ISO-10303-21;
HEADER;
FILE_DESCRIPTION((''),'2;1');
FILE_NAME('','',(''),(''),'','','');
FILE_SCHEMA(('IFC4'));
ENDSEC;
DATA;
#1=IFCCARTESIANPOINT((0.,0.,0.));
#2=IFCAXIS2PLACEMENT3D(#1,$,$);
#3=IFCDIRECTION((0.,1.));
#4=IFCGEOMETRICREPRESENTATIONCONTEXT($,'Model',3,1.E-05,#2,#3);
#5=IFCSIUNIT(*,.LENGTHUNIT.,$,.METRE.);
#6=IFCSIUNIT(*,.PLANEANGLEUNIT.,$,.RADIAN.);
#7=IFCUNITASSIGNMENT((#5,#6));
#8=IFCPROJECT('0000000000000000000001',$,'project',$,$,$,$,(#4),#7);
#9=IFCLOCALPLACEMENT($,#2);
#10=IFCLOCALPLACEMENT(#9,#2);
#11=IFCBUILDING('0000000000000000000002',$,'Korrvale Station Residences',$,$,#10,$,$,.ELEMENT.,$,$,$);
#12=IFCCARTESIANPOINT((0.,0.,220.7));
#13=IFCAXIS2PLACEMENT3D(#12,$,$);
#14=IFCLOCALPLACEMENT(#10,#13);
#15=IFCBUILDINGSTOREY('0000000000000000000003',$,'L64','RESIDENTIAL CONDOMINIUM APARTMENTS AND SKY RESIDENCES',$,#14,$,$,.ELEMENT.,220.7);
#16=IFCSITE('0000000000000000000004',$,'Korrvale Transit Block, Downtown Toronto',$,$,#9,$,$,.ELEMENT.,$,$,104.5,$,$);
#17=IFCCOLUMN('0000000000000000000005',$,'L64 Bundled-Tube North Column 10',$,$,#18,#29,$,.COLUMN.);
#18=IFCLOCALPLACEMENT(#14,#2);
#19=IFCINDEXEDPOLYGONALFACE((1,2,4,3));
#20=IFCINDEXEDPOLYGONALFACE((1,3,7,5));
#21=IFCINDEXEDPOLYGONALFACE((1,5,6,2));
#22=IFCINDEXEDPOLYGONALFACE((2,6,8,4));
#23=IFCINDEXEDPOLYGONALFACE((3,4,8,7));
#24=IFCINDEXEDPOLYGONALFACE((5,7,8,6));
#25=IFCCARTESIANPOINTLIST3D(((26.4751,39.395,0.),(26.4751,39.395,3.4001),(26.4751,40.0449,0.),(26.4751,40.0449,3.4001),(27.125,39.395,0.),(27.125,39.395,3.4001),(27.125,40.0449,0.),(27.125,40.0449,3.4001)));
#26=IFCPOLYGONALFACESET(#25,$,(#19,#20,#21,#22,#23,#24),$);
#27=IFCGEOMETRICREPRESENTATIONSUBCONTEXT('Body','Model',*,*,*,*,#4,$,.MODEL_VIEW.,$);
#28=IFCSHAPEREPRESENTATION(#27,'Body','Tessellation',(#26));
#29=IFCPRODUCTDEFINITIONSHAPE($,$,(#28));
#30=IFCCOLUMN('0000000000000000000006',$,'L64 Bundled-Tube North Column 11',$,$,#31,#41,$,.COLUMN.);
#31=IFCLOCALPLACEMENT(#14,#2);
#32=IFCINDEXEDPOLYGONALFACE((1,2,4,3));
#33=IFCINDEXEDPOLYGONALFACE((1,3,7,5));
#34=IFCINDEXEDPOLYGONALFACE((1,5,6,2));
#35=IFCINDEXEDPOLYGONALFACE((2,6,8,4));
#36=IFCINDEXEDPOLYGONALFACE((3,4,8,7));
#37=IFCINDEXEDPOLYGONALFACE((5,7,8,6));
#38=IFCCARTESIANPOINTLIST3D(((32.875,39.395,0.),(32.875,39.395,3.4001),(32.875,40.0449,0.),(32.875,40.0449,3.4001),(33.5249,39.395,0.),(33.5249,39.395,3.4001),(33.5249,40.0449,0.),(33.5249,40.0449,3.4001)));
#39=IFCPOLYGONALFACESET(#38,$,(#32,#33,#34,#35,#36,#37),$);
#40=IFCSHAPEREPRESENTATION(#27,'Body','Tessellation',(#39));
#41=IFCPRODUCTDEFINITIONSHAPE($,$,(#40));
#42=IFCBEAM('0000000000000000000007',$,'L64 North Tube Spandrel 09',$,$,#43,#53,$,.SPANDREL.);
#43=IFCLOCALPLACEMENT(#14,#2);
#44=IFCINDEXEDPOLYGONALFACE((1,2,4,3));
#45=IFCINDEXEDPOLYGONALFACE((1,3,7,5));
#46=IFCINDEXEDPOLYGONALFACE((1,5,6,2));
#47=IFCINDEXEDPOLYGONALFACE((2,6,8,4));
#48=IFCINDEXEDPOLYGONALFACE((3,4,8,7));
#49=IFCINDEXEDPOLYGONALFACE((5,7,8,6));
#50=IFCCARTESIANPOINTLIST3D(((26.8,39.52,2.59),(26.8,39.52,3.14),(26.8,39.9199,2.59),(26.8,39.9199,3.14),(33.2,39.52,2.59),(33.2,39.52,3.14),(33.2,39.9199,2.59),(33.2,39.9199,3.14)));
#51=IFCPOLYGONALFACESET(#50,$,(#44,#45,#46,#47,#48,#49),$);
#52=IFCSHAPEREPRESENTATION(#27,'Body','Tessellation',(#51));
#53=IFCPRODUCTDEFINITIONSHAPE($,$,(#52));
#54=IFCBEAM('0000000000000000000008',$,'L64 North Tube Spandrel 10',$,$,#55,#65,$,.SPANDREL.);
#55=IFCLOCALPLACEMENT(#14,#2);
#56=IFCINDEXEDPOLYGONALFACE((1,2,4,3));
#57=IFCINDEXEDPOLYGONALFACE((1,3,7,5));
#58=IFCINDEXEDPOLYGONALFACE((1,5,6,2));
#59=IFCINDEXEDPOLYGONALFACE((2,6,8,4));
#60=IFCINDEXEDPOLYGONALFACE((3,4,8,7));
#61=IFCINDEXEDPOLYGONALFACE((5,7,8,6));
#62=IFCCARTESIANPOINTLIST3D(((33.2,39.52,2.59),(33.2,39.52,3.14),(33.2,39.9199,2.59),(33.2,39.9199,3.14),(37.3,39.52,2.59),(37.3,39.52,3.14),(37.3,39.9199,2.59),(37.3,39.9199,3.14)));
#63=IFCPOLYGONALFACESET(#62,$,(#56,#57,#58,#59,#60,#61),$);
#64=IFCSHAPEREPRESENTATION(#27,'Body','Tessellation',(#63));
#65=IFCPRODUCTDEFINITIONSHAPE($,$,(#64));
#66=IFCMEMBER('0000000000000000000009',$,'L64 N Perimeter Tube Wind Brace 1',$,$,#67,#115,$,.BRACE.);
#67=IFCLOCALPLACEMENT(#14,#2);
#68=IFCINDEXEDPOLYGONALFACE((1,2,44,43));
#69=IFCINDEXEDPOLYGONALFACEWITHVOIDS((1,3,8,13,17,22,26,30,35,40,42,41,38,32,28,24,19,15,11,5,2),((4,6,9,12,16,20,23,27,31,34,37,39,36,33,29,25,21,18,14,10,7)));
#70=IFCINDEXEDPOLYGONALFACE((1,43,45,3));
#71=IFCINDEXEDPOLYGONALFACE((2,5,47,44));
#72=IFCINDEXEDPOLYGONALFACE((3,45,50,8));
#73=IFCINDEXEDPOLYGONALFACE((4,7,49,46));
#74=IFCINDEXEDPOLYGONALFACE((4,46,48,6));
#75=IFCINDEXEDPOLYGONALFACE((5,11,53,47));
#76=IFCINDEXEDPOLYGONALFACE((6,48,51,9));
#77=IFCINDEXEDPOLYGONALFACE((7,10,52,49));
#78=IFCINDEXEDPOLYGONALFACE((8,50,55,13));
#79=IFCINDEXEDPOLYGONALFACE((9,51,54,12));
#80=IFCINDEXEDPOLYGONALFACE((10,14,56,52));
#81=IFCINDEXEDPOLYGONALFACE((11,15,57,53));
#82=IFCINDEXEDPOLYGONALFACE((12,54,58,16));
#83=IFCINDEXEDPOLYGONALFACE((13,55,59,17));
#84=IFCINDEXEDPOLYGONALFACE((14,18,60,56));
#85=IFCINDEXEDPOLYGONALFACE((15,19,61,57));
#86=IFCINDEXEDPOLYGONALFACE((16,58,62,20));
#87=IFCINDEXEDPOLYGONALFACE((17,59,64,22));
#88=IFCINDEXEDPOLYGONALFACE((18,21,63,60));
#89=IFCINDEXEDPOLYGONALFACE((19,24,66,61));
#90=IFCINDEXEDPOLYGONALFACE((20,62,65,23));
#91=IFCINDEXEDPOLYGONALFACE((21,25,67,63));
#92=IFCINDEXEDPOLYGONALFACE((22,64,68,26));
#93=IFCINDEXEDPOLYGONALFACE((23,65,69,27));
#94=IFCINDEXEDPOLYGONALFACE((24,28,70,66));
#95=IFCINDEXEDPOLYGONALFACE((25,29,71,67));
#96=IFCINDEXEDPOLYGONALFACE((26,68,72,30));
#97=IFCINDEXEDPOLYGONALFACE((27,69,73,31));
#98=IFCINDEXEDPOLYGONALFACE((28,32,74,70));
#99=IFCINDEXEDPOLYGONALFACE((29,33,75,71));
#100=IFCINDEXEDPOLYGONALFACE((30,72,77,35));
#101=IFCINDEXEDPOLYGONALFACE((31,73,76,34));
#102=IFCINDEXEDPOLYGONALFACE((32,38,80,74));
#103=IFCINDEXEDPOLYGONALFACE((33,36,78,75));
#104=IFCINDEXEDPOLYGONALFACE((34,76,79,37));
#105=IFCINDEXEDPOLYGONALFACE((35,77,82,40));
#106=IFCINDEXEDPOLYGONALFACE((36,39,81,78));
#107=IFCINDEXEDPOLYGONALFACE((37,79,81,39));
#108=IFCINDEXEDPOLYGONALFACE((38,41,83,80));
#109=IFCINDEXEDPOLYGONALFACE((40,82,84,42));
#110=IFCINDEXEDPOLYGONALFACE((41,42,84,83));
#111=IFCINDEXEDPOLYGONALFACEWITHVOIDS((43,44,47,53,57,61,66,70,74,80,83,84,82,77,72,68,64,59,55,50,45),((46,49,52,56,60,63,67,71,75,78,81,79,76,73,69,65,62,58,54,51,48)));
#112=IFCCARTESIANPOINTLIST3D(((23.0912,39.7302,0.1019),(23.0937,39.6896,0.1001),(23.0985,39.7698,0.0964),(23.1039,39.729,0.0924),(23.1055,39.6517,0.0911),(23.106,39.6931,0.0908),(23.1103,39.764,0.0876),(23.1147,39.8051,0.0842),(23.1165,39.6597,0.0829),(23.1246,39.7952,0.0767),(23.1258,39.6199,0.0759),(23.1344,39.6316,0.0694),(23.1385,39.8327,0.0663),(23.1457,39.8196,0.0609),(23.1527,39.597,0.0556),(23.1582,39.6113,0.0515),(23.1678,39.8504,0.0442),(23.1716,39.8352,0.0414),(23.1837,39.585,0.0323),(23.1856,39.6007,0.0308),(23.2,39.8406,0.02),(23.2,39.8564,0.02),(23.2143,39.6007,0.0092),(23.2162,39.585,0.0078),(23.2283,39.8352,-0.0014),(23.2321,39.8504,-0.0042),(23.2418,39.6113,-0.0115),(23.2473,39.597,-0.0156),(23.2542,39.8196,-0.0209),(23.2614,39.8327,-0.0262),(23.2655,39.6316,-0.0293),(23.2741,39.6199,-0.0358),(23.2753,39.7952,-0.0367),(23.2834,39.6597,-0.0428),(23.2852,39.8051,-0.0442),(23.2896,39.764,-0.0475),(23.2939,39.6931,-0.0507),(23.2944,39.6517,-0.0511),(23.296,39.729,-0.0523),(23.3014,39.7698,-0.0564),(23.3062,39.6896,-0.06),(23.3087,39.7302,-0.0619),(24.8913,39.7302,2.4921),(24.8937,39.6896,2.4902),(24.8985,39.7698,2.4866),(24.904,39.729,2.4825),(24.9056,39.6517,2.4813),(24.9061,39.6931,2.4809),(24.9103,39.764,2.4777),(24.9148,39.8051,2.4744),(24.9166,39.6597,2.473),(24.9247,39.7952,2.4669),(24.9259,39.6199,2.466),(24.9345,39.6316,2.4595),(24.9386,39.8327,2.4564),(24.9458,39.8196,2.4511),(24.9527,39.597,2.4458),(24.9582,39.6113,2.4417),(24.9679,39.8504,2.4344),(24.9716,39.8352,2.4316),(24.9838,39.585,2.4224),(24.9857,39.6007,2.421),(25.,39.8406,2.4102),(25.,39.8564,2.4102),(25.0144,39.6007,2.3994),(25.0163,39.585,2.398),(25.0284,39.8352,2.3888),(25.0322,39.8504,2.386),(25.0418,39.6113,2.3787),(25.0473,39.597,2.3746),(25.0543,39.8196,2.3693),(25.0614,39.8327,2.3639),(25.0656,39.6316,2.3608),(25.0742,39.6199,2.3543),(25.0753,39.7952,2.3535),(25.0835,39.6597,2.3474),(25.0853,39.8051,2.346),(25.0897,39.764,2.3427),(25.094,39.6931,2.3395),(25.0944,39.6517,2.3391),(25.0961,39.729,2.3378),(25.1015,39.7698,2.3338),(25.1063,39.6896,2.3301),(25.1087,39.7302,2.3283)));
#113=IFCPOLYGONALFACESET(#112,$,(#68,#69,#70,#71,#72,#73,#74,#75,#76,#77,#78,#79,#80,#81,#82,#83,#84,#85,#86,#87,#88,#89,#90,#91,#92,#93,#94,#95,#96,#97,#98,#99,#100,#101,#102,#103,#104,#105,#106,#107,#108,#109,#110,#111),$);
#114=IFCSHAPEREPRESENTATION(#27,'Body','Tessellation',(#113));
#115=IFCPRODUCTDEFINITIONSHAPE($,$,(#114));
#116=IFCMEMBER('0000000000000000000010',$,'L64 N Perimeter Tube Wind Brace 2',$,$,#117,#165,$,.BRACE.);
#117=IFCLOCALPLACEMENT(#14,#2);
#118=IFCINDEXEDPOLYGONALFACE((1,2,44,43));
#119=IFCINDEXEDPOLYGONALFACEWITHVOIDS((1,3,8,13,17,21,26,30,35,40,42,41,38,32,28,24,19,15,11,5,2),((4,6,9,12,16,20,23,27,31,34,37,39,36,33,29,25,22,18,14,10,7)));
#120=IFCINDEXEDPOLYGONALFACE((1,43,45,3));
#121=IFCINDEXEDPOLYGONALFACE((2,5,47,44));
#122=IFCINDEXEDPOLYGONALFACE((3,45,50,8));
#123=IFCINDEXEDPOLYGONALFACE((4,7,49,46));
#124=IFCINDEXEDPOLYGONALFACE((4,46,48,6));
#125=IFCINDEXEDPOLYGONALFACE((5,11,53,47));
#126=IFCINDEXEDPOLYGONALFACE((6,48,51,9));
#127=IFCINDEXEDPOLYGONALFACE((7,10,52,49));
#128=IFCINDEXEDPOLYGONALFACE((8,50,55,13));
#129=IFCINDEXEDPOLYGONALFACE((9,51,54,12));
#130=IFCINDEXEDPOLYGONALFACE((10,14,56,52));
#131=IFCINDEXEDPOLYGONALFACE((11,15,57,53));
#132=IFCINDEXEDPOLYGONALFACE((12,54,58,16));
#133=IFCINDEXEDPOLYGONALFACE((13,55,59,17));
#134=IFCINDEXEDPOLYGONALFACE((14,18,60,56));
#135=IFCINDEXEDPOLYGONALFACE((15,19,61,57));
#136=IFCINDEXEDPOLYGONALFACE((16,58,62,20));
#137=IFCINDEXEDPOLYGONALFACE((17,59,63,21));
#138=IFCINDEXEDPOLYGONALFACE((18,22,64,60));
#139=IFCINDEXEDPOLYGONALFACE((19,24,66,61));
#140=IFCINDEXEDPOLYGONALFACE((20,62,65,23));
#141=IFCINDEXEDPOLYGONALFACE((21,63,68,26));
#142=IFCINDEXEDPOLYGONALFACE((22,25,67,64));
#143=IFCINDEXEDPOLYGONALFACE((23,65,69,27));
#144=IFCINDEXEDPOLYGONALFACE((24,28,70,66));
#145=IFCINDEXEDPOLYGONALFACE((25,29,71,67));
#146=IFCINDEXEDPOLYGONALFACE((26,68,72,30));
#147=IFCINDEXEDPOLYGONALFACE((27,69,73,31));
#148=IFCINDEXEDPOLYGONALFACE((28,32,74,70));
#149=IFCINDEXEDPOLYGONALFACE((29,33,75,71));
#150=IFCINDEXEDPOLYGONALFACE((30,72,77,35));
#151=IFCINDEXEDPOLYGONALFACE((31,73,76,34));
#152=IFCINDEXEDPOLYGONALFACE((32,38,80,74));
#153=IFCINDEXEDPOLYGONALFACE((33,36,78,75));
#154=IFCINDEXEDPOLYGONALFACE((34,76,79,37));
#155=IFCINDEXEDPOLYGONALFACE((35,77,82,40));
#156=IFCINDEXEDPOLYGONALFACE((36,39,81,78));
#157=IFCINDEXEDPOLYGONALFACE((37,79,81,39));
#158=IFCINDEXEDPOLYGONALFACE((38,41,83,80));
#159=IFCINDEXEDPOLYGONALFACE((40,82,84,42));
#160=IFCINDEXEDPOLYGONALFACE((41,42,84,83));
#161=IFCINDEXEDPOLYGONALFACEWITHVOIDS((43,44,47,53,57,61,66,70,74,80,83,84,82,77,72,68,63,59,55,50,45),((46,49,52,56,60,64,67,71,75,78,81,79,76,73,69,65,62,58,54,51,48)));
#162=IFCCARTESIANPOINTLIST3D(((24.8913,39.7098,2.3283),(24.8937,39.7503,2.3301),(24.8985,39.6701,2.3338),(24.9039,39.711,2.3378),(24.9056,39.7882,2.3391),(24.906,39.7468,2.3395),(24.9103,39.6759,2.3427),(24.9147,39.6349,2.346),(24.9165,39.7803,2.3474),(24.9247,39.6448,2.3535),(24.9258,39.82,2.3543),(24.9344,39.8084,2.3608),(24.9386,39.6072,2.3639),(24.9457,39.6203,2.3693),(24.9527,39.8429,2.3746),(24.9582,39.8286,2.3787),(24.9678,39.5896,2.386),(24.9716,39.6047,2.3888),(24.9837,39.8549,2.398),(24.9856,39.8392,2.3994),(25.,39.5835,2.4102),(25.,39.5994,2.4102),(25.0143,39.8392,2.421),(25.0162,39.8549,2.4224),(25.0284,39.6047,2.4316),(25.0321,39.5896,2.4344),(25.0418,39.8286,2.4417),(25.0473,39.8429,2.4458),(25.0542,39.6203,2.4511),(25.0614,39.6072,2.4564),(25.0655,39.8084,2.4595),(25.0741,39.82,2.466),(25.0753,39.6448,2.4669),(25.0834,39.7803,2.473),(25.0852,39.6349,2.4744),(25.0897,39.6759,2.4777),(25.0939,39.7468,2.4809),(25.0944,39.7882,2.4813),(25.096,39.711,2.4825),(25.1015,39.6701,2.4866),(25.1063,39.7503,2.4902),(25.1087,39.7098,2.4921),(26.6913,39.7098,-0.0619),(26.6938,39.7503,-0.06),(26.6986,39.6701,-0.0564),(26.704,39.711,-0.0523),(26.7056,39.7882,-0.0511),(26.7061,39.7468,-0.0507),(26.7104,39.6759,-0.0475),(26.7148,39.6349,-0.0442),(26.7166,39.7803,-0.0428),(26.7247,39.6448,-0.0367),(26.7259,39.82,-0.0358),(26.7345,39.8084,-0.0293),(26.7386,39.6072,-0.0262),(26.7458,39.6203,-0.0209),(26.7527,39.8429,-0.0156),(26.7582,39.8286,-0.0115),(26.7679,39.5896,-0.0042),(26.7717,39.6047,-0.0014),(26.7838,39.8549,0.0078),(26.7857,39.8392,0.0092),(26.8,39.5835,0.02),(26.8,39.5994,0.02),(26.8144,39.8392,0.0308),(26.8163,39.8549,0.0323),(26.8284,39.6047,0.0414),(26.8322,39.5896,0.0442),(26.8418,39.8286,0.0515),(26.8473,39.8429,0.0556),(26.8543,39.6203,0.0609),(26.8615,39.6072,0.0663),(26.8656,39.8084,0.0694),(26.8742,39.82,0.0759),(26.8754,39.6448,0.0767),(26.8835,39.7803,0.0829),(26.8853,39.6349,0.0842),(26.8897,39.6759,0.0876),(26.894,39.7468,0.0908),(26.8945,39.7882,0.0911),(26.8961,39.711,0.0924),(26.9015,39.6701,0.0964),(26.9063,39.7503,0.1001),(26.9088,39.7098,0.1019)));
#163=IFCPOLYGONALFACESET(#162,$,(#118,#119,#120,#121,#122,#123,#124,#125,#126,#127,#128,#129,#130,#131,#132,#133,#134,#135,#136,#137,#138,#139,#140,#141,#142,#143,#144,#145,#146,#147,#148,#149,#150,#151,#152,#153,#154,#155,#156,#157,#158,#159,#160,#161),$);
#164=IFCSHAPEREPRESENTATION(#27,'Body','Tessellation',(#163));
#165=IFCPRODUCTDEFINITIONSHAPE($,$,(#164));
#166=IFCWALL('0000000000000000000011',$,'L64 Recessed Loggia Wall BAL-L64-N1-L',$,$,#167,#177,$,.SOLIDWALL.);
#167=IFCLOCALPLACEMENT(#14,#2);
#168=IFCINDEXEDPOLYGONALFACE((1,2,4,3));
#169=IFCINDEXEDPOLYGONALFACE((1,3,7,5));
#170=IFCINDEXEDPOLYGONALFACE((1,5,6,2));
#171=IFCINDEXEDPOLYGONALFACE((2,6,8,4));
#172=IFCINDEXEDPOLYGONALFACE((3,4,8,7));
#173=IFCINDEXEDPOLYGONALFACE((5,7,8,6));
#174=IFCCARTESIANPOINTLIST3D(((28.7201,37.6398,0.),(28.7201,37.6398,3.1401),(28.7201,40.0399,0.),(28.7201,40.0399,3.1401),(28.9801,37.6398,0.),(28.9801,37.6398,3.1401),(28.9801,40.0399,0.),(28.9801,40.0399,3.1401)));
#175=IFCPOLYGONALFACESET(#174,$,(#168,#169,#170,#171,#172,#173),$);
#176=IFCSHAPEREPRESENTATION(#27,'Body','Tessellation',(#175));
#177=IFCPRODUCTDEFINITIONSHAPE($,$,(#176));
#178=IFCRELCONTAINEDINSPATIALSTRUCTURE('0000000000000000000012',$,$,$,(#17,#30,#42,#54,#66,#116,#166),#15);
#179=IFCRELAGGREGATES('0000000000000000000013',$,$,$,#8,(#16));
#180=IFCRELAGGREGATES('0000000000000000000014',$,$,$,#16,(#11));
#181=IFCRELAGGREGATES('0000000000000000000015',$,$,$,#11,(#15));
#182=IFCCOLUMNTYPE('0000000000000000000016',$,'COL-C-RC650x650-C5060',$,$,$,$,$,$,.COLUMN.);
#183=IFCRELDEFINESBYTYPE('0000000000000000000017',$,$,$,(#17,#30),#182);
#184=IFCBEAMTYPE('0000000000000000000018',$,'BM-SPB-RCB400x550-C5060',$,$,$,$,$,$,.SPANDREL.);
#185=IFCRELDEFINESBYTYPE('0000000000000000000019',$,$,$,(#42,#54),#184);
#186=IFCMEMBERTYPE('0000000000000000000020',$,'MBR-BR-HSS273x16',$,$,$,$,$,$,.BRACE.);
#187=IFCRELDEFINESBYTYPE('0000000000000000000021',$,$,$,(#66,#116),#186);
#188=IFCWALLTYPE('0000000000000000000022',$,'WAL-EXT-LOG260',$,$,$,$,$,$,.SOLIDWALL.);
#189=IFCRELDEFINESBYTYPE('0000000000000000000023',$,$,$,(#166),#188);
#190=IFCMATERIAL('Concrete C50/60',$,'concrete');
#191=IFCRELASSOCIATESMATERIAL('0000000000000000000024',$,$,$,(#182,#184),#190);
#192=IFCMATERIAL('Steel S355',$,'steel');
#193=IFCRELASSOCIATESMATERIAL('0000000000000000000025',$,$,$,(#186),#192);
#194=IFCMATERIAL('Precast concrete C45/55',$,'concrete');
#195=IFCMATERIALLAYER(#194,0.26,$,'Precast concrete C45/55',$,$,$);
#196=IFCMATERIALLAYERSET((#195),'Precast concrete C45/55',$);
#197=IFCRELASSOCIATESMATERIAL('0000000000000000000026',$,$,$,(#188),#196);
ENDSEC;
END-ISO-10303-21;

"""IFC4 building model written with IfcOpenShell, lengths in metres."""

from ifc_helpers import new_model, si_unit, direction, frame, frame_2d, origin, origin_2d, place, context, subcontext, project, spatial, rectangle, hollow_circle, extrude, material, layer, layer_set, material_profile, profile_set, type_object, element, save


model = new_model("IFC4")

# Units and contexts
model_context = context("Model", 3, precision=1e-05, world=origin(), true_north=direction((0.0, 1.0)))
body_context = subcontext(model_context, "Body", "Model", "MODEL_VIEW")
ifc_project = project(units=[si_unit("LENGTHUNIT", "METRE"), si_unit("PLANEANGLEUNIT", "RADIAN")], contexts=[model_context])

# Site, building, storey
site_placement = place(None, origin())
site = spatial("IfcSite", under=ifc_project, at=site_placement, Name="Korrvale Transit Block, Downtown Toronto", CompositionType="ELEMENT", RefElevation=104.5)
building_placement = place(site_placement, origin())
building = spatial("IfcBuilding", under=site, at=building_placement, Name="Korrvale Station Residences", CompositionType="ELEMENT")
storey_placement = place(building_placement, frame((0.0, 0.0, 220.7)))
storey = spatial("IfcBuildingStorey", under=building, at=storey_placement, Name="L64", Description="RESIDENTIAL CONDOMINIUM APARTMENTS AND SKY RESIDENCES", CompositionType="ELEMENT", Elevation=220.7)

# Columns
ifc_material_1 = material(Name="Concrete C50/60", Category="concrete")
ifc_material_profile_1 = material_profile(ifc_material_1, rectangle(XDim=0.6499, YDim=0.6499, at=origin_2d()), Name="RC650x650")
ifc_profile_set_1 = profile_set([ifc_material_profile_1], Name="Concrete C50/60")
column_type = type_object("IfcColumnType", Name="COL-C-RC650x650-C5060", PredefinedType="COLUMN", material=ifc_profile_set_1)
for number, where, z_axis, x_axis, name in (
    (1, (26.8, 39.72, 0.0), (0.0, 0.0, 1.0), (1.0, 0.0, 0.0), "L64 Bundled-Tube North Column 10"),
    (2, (33.2, 39.72, 0.0), (0.0, 0.0, 1.0), (1.0, 0.0, 0.0), "L64 Bundled-Tube North Column 11"),
):
    element("IfcColumn", number, at=place(storey_placement, frame(where, z_axis=z_axis, x_axis=x_axis)), inside=storey, type_object=column_type, Name=name, PredefinedType="COLUMN", context=body_context, shape_type="SweptSolid", body=[
        extrude(rectangle(XDim=0.6499, YDim=0.6499, at=origin_2d()), origin(), (0.0, 0.0, 1.0), 3.4001),
    ])

# Beams
ifc_material_profile_2 = material_profile(ifc_material_1, rectangle(XDim=0.3999, YDim=0.55, at=origin_2d()), Name="RCB400x550")
ifc_profile_set_2 = profile_set([ifc_material_profile_2], Name="Concrete C50/60")
beam_type = type_object("IfcBeamType", Name="BM-SPB-RCB400x550-C5060", PredefinedType="SPANDREL", material=ifc_profile_set_2)
beam_1_placement = place(storey_placement, frame((26.8, 39.72, 2.865), z_axis=(1.0, 0.0, 0.0), x_axis=(0.0, 1.0, 0.0)))
element("IfcBeam", 3, at=beam_1_placement, inside=storey, type_object=beam_type, Name="L64 North Tube Spandrel 09", PredefinedType="SPANDREL", context=body_context, shape_type="SweptSolid", body=[
    extrude(rectangle(XDim=0.3999, YDim=0.55, at=origin_2d()), origin(), (0.0, 0.0, 1.0), 6.3999),
])
beam_2_placement = place(storey_placement, frame((33.2, 39.72, 2.865), z_axis=(1.0, 0.0, 0.0), x_axis=(0.0, 1.0, 0.0)))
element("IfcBeam", 4, at=beam_2_placement, inside=storey, type_object=beam_type, Name="L64 North Tube Spandrel 10", PredefinedType="SPANDREL", context=body_context, shape_type="SweptSolid", body=[
    extrude(rectangle(XDim=0.3999, YDim=0.55, at=origin_2d()), origin(), (0.0, 0.0, 1.0), 4.1001),
])

# Members
ifc_material_2 = material(Name="Steel S355", Category="steel")
ifc_material_profile_3 = material_profile(ifc_material_2, hollow_circle(Radius=0.1365, WallThickness=0.0159, at=origin_2d()), Name="HSS273x16")
ifc_profile_set_3 = profile_set([ifc_material_profile_3], Name="Steel S355")
member_type = type_object("IfcMemberType", Name="MBR-BR-HSS273x16", PredefinedType="BRACE", material=ifc_profile_set_3)
for number, where, z_axis, x_axis, name in (
    (5, (23.2, 39.72, 0.02), (0.601592, 0.0, 0.798804), (0.0, 1.0, 0.0), "L64 N Perimeter Tube Wind Brace 1"),
    (6, (26.8, 39.72, 0.02), (-0.601592, 0.0, 0.798804), (0.0, -1.0, 0.0), "L64 N Perimeter Tube Wind Brace 2"),
):
    element("IfcMember", number, at=place(storey_placement, frame(where, z_axis=z_axis, x_axis=x_axis)), inside=storey, type_object=member_type, Name=name, PredefinedType="BRACE", context=body_context, shape_type="SweptSolid", body=[
        extrude(hollow_circle(Radius=0.1365, WallThickness=0.0159, at=origin_2d()), origin(), (0.0, 0.0, 1.0), 2.9922),
    ])

# Wall
ifc_material_3 = material(Name="Precast concrete C45/55", Category="concrete")
ifc_layer_1 = layer(ifc_material_3, 0.26, Name="Precast concrete C45/55")
ifc_layer_set_1 = layer_set([ifc_layer_1], Name="Precast concrete C45/55")
wall_type_1 = type_object("IfcWallType", Name="WAL-EXT-LOG260", PredefinedType="SOLIDWALL", material=ifc_layer_set_1)
wall_1_placement = place(storey_placement, frame((28.8501, 40.04, 0.0), z_axis=(0.0, 0.0, 1.0), x_axis=(0.0, -1.0, 0.0)))
element("IfcWall", 7, at=wall_1_placement, inside=storey, type_object=wall_type_1, Name="L64 Recessed Loggia Wall BAL-L64-N1-L", PredefinedType="SOLIDWALL", context=body_context, shape_type="SweptSolid", body=[
    extrude(rectangle(XDim=2.4001, YDim=0.26, at=frame_2d((1.2002, 0.0))), origin(), (0.0, 0.0, 1.0), 3.1401),
])

save(model, "model.ifc")
